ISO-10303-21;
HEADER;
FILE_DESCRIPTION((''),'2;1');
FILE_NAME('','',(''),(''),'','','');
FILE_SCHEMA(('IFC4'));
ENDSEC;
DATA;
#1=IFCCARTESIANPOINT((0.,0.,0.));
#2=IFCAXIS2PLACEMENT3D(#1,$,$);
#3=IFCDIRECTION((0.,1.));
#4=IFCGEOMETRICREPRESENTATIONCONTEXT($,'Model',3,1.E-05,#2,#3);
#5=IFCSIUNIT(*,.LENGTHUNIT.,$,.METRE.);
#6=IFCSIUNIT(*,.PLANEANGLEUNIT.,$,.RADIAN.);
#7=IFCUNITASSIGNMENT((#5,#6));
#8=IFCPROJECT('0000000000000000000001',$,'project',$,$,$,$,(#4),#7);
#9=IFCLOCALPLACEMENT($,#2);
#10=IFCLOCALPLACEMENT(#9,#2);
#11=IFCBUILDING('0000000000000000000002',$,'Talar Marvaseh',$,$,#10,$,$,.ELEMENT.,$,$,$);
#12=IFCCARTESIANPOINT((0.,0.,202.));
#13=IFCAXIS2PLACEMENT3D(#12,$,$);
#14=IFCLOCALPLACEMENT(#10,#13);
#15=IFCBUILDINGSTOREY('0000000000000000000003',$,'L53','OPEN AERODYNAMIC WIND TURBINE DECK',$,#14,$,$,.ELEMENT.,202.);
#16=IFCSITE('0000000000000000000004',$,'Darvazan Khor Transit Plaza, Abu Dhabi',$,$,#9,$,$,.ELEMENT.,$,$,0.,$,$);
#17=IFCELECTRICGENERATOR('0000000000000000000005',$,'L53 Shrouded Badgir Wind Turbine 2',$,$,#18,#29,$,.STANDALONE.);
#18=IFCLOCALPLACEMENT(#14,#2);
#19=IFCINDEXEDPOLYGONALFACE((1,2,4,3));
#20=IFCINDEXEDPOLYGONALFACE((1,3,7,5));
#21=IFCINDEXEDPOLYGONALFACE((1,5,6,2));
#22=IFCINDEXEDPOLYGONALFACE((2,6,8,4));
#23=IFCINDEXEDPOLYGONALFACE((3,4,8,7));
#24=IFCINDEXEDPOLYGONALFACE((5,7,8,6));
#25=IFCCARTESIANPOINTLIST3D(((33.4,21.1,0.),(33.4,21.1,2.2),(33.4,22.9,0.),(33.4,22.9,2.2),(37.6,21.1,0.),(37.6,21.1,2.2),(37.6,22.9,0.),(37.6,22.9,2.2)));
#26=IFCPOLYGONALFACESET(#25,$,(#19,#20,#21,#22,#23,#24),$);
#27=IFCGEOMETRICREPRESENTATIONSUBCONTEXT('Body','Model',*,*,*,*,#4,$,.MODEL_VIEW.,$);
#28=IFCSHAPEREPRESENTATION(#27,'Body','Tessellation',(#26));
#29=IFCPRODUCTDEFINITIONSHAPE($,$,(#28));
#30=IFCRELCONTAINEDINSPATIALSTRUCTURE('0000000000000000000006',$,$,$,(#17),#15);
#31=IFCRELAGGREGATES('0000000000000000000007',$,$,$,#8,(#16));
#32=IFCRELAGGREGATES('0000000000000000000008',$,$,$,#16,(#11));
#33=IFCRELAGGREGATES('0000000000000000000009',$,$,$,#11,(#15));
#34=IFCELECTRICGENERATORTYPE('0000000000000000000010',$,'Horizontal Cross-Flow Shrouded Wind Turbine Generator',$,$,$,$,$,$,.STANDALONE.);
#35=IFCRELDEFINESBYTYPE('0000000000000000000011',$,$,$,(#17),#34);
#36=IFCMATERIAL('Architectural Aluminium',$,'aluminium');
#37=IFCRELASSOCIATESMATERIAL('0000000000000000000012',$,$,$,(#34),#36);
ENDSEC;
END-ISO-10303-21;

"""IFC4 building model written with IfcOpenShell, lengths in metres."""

from ifc_helpers import new_model, si_unit, direction, frame, origin, origin_2d, place, context, subcontext, project, spatial, rectangle, extrude, source, transform, mapped, material, type_object, type_shapes, element, save


model = new_model("IFC4")

# Units and contexts
model_context = context("Model", 3, precision=1e-05, world=origin(), true_north=direction((0.0, 1.0)))
body_context = subcontext(model_context, "Body", "Model", "MODEL_VIEW")
ifc_project = project(units=[si_unit("LENGTHUNIT", "METRE"), si_unit("PLANEANGLEUNIT", "RADIAN")], contexts=[model_context])

# Site, building, storey
site_placement = place(None, origin())
site = spatial("IfcSite", under=ifc_project, at=site_placement, Name="Darvazan Khor Transit Plaza, Abu Dhabi", CompositionType="ELEMENT", RefElevation=0.0)
building_placement = place(site_placement, origin())
building = spatial("IfcBuilding", under=site, at=building_placement, Name="Talar Marvaseh", CompositionType="ELEMENT")
storey_placement = place(building_placement, frame((0.0, 0.0, 202.0)))
storey = spatial("IfcBuildingStorey", under=building, at=storey_placement, Name="L53", Description="OPEN AERODYNAMIC WIND TURBINE DECK", CompositionType="ELEMENT", Elevation=202.0)

# Electric generator
ifc_material_1 = material(Name="Architectural Aluminium", Category="aluminium")
electric_generator_type = type_object("IfcElectricGeneratorType", Name="Horizontal Cross-Flow Shrouded Wind Turbine Generator", PredefinedType="STANDALONE", material=ifc_material_1)
shared_shape_1 = source(origin(), body_context, "Body", "SweptSolid", [
    extrude(rectangle(XDim=4.2, YDim=1.8, at=origin_2d()), origin(), (0.0, 0.0, 1.0), 2.2),
])
type_shapes(electric_generator_type, [shared_shape_1])
electric_generator_placement = place(storey_placement, frame((35.5, 22.0, 0.0), z_axis=(0.0, 0.0, 1.0), x_axis=(1.0, 0.0, 0.0)))
element("IfcElectricGenerator", 1, at=electric_generator_placement, inside=storey, type_object=electric_generator_type, Name="L53 Shrouded Badgir Wind Turbine 2", PredefinedType="STANDALONE", context=body_context, shape_type="MappedRepresentation", body=[
    mapped(shared_shape_1, transform((0.0, 0.0, 0.0), x_axis=(1.0, 0.0, 0.0), y_axis=(0.0, 1.0, 0.0), z_axis=(0.0, 0.0, 1.0), scale=1.0)),
])

save(model, "model.ifc")
